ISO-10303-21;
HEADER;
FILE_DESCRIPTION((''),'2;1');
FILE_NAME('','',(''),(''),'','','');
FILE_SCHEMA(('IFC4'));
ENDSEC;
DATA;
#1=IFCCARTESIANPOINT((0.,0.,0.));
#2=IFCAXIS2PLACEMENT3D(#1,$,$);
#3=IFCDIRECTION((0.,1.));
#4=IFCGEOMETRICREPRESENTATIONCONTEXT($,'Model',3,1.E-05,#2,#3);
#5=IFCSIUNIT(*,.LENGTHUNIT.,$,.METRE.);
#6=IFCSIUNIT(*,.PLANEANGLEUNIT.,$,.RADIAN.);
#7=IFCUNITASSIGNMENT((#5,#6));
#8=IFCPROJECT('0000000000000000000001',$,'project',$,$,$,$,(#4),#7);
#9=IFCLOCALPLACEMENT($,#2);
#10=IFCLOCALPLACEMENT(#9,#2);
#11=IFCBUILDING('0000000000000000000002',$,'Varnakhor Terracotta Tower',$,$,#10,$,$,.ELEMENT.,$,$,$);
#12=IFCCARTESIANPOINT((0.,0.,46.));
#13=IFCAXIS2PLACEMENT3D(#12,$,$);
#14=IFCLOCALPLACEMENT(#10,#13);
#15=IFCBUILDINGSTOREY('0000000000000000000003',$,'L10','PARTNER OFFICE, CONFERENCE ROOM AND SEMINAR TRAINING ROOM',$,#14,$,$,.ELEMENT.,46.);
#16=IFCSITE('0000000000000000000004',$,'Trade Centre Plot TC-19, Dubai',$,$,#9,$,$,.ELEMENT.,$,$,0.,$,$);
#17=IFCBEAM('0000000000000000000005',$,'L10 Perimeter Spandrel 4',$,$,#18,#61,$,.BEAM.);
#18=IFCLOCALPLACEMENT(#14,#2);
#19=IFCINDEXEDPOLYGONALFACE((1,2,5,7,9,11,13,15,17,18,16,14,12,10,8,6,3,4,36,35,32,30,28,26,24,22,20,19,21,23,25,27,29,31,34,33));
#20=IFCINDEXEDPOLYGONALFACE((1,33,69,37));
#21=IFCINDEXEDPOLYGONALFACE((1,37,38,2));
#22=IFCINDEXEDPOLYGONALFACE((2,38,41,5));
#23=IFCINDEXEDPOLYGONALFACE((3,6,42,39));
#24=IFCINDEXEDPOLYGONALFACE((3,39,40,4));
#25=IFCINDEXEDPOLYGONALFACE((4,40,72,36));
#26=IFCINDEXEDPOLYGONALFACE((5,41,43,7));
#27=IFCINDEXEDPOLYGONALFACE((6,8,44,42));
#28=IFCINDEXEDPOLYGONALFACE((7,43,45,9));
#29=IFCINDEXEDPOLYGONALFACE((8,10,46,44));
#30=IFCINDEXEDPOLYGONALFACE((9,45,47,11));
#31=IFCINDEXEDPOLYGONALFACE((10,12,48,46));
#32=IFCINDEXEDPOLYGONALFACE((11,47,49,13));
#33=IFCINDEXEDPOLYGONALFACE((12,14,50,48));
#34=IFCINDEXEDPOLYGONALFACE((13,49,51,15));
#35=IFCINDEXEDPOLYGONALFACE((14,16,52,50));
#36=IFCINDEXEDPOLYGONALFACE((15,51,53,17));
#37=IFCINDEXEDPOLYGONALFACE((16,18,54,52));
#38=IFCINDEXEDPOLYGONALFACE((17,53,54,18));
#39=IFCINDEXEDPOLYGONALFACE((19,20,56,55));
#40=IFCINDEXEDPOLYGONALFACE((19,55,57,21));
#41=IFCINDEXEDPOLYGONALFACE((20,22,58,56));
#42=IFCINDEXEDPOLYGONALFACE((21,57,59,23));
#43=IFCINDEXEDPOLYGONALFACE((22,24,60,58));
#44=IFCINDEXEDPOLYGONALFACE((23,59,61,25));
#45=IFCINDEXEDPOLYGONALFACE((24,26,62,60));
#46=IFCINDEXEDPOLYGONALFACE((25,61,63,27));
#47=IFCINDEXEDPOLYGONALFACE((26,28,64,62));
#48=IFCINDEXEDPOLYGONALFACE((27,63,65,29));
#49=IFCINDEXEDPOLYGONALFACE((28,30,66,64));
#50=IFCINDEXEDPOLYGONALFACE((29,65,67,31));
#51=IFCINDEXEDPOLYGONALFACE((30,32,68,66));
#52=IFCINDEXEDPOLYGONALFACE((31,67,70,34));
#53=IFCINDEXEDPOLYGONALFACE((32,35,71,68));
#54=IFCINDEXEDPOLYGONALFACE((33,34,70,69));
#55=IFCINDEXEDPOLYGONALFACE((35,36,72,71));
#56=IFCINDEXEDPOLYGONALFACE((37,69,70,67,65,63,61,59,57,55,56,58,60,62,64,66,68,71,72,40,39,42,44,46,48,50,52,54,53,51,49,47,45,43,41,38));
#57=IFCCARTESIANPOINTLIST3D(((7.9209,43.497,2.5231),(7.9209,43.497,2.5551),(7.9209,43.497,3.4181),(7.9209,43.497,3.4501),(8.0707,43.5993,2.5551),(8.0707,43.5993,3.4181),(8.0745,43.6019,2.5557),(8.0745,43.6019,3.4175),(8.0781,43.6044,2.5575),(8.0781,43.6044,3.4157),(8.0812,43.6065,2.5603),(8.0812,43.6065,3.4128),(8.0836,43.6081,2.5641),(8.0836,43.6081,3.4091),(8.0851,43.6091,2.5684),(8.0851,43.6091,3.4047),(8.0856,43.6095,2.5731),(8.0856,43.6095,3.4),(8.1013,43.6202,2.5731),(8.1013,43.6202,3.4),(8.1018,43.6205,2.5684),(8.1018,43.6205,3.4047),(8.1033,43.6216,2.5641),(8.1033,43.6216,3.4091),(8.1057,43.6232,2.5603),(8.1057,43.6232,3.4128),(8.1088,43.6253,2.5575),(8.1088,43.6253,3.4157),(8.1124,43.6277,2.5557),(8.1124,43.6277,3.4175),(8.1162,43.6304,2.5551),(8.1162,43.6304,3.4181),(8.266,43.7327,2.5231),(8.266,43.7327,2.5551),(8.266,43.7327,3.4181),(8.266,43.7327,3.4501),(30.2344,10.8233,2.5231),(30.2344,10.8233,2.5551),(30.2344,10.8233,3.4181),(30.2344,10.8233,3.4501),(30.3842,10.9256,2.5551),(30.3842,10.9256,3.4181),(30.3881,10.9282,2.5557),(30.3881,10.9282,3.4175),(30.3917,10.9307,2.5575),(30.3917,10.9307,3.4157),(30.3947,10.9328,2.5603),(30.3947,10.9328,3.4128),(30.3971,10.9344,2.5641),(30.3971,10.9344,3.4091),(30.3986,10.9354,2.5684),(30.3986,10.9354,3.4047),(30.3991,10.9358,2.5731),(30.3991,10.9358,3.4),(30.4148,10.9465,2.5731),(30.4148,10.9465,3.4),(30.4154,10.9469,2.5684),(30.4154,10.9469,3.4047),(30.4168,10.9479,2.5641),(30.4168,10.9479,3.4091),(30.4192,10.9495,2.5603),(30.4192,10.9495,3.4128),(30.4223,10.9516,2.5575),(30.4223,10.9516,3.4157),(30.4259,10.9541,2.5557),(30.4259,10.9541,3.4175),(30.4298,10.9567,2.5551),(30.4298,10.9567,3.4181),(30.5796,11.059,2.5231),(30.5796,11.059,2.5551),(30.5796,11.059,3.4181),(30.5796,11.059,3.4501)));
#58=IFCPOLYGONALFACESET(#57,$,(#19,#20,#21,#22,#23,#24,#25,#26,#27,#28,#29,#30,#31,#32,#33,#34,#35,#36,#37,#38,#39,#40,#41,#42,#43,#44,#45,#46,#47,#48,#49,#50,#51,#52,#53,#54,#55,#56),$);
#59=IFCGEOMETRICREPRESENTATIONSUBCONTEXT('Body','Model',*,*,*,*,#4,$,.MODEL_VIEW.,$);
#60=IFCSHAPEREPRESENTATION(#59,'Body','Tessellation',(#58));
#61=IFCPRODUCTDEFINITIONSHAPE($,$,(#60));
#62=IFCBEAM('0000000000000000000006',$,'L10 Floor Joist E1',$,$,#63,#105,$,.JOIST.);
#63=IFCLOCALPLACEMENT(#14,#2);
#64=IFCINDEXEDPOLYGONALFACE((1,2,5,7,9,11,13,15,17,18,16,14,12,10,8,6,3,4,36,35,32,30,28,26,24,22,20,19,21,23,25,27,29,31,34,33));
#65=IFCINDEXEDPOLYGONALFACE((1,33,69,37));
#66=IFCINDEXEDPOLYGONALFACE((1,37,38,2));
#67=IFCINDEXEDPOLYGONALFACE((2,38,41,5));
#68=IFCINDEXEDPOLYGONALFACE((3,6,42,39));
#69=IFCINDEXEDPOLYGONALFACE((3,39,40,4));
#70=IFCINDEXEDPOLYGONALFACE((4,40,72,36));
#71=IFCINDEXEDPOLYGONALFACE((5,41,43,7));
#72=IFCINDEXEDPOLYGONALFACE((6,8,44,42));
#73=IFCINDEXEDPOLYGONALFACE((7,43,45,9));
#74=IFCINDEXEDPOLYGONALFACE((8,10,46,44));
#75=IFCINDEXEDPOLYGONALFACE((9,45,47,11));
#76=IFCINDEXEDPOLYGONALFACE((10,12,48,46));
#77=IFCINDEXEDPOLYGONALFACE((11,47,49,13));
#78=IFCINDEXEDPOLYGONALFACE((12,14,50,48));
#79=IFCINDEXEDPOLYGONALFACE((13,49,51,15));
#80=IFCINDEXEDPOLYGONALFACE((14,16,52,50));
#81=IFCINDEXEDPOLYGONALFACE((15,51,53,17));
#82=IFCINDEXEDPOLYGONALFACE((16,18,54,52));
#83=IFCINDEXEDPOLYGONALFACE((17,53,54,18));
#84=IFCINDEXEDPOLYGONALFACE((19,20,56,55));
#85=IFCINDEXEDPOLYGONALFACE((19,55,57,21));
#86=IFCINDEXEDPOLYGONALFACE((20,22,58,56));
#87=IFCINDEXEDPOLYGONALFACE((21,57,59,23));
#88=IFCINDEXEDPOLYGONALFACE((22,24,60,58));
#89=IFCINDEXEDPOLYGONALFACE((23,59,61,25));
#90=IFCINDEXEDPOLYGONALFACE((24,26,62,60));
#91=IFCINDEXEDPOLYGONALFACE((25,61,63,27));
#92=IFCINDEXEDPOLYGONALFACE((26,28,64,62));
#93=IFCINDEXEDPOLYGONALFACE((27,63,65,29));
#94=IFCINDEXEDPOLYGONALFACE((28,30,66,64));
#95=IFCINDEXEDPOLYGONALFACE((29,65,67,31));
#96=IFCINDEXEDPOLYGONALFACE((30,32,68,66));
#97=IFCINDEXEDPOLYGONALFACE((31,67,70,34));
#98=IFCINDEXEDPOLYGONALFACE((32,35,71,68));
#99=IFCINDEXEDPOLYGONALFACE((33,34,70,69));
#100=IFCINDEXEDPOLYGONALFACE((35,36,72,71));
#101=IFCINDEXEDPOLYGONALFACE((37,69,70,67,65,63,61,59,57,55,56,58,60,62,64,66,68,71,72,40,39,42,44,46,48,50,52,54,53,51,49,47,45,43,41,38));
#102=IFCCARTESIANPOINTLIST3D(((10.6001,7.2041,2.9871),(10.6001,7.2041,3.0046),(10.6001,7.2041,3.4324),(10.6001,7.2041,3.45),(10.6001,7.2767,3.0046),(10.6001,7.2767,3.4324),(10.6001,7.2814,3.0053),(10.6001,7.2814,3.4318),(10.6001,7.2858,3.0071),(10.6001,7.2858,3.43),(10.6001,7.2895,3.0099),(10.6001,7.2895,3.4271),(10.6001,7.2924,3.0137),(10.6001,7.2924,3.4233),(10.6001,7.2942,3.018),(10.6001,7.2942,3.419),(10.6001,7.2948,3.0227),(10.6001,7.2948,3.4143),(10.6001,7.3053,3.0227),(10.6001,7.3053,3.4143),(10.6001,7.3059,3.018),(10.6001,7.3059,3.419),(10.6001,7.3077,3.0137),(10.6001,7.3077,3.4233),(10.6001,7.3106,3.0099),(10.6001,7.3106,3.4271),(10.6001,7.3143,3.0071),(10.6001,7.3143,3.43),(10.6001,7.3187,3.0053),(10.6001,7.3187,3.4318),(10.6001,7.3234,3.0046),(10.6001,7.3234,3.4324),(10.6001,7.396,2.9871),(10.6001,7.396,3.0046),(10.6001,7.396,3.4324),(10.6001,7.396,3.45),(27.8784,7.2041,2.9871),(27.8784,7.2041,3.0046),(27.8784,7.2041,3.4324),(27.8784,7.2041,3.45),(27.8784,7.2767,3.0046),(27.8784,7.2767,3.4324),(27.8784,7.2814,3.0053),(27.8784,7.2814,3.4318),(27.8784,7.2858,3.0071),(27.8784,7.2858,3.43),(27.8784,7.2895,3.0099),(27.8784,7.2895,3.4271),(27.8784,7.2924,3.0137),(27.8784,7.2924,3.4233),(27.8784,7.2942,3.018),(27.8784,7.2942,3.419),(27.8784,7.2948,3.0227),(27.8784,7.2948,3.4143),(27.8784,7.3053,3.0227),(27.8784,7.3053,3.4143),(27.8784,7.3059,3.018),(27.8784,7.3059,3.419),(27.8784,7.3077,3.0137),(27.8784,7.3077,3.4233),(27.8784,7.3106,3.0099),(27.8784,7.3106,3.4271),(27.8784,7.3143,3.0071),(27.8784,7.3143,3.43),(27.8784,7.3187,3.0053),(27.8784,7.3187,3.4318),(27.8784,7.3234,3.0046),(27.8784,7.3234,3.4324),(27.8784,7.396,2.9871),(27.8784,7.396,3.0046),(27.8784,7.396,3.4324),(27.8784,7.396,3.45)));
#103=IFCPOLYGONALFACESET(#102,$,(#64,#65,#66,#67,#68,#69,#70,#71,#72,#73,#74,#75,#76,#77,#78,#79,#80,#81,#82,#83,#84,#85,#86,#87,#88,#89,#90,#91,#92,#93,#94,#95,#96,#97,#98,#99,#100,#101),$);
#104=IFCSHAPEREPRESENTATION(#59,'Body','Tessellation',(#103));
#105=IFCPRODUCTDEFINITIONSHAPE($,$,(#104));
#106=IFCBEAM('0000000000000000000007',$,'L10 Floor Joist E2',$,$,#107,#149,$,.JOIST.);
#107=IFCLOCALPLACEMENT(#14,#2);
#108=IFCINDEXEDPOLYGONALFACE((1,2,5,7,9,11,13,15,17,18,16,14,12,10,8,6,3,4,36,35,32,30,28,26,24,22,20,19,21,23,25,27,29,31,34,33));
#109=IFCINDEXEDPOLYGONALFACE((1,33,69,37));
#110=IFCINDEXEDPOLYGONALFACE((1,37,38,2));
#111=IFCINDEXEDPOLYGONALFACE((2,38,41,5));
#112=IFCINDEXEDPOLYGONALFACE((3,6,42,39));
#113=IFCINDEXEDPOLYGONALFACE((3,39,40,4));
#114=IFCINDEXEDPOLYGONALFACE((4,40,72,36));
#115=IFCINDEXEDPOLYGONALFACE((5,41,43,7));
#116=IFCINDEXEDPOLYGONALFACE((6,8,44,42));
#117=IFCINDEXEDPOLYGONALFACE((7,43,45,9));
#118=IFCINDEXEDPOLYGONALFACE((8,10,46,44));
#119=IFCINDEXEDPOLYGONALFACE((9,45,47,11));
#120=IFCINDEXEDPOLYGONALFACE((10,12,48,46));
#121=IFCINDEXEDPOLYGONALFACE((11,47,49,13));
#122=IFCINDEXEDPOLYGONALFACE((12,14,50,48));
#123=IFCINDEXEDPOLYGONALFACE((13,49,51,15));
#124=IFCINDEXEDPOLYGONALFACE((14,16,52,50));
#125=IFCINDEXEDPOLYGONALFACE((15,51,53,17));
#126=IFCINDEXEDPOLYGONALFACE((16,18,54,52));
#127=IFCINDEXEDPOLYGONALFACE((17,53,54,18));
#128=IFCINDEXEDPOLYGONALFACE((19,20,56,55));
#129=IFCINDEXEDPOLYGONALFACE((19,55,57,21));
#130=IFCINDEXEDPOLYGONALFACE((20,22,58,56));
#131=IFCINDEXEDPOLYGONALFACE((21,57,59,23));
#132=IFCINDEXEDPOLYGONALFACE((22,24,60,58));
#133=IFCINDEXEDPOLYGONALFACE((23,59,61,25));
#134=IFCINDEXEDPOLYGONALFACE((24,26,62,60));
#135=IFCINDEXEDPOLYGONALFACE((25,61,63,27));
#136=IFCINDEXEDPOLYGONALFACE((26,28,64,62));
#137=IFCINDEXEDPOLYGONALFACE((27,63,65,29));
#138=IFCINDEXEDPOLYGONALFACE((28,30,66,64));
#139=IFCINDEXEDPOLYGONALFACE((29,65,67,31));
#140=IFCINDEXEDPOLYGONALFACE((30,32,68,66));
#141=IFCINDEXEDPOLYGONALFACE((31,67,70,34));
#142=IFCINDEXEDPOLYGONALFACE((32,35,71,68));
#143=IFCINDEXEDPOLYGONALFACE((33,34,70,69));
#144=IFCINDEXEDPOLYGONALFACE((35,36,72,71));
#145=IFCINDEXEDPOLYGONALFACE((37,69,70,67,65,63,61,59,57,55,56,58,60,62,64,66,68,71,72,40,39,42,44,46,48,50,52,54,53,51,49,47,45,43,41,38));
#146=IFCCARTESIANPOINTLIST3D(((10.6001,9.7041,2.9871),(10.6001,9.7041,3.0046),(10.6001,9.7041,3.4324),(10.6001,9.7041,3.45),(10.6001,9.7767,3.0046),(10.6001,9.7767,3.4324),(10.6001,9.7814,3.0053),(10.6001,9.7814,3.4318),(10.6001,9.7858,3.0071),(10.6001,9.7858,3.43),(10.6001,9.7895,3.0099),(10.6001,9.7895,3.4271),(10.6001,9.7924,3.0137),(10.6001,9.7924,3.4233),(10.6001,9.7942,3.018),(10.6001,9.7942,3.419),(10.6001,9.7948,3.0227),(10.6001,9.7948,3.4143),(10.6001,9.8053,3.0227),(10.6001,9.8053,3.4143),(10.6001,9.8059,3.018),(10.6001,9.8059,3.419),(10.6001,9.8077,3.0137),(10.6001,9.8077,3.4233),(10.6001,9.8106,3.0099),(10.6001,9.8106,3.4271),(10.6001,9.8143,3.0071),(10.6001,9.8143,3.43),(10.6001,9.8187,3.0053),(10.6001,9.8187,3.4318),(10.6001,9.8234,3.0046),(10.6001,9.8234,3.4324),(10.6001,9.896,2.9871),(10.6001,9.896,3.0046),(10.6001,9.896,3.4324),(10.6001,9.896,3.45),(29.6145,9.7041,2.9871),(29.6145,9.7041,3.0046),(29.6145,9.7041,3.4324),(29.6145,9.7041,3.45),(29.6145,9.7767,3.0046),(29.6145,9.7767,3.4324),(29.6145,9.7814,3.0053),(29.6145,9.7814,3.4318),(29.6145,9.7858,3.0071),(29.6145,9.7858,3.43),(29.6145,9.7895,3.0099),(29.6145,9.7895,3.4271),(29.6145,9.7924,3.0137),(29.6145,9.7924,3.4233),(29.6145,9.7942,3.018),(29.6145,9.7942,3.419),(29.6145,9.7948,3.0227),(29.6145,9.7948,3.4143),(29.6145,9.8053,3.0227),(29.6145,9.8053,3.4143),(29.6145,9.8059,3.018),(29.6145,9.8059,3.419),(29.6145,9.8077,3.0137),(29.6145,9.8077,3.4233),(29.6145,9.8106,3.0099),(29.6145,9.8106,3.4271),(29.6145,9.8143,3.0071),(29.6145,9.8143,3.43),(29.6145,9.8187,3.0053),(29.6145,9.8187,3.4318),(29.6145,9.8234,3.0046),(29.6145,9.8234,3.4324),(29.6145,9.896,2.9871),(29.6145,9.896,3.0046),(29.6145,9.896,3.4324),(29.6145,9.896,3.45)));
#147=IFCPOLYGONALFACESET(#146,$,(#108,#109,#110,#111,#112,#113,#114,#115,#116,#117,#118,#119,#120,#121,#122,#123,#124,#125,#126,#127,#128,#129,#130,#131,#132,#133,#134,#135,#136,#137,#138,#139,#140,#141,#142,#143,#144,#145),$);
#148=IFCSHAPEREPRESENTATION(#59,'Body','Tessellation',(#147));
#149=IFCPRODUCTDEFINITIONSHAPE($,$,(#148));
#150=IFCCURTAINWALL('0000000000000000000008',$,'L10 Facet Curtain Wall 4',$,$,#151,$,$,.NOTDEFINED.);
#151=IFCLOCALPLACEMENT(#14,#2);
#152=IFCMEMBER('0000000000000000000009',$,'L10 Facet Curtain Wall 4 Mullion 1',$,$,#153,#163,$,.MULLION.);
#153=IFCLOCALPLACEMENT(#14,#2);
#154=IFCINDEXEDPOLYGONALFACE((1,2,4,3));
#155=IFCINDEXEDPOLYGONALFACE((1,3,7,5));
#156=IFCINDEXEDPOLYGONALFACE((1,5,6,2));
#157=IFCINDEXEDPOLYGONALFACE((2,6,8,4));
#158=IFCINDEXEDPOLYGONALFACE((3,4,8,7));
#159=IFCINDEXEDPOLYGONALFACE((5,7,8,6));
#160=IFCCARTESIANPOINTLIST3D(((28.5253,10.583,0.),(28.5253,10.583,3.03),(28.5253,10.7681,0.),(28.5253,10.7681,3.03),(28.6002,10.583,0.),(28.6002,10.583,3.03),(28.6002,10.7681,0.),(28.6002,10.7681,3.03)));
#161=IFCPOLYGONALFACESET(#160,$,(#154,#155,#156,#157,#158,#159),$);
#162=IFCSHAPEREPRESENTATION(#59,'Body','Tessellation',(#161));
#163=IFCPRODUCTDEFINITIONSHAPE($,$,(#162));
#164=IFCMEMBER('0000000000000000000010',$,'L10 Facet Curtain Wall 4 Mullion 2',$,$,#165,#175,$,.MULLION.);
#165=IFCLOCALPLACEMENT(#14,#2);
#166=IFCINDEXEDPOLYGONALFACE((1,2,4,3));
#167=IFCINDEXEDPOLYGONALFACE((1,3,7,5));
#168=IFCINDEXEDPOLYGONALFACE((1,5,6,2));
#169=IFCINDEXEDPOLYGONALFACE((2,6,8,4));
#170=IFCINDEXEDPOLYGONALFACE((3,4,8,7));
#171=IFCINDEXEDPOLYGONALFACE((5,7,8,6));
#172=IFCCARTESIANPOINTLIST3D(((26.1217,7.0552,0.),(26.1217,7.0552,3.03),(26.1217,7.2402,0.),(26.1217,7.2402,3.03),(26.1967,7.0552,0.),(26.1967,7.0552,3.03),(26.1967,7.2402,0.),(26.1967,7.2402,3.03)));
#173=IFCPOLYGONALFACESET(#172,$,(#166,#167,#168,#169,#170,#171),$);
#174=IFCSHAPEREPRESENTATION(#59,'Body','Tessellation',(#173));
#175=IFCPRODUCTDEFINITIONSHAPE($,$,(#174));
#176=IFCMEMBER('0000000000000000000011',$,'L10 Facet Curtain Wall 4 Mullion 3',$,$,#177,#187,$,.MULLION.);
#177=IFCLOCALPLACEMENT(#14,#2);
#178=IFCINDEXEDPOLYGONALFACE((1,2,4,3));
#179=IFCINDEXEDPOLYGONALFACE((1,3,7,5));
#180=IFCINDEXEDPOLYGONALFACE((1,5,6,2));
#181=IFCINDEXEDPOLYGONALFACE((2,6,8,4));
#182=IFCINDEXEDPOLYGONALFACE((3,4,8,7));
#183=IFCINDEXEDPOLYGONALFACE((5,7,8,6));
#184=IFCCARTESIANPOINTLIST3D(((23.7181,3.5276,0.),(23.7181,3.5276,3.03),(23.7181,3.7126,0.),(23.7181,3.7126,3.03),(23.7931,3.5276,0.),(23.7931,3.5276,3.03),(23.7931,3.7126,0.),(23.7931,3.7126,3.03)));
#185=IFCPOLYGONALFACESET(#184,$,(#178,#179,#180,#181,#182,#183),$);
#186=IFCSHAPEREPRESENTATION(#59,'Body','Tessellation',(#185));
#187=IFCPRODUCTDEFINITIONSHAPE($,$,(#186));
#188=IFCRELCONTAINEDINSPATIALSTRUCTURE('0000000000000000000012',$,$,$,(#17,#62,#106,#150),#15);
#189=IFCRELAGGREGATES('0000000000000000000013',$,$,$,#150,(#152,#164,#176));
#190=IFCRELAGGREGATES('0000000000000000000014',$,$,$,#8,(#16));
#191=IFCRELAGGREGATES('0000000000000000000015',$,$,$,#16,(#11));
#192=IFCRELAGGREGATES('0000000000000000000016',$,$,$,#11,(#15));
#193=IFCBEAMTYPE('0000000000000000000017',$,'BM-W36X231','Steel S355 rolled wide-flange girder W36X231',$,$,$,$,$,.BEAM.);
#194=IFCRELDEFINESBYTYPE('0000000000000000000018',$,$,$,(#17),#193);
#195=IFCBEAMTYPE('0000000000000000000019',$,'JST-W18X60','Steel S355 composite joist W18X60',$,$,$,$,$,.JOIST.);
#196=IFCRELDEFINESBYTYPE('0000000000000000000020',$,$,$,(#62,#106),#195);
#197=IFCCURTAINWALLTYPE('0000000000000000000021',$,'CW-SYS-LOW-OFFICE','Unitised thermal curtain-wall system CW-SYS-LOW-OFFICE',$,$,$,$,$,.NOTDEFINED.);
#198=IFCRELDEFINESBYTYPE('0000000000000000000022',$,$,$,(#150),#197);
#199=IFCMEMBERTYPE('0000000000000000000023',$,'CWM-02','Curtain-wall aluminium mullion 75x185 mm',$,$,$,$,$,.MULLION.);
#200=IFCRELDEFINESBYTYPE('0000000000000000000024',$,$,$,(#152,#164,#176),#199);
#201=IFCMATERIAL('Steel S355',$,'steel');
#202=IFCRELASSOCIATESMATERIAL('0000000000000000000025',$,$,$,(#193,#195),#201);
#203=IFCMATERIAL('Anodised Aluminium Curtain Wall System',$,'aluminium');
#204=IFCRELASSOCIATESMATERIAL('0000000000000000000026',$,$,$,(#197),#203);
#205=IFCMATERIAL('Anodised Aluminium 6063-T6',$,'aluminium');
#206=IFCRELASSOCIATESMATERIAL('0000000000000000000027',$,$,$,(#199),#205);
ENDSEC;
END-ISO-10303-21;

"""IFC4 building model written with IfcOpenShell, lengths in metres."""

from ifc_helpers import new_model, si_unit, direction, frame, origin, origin_2d, place, context, subcontext, project, spatial, rectangle, i_section, extrude, source, transform, mapped, material, material_profile, profile_set, type_object, type_shapes, element, aggregate, save


model = new_model("IFC4")

# Units and contexts
model_context = context("Model", 3, precision=1e-05, world=origin(), true_north=direction((0.0, 1.0)))
body_context = subcontext(model_context, "Body", "Model", "MODEL_VIEW")
ifc_project = project(units=[si_unit("LENGTHUNIT", "METRE"), si_unit("PLANEANGLEUNIT", "RADIAN")], contexts=[model_context])

# Site, building, storey
site_placement = place(None, origin())
site = spatial("IfcSite", under=ifc_project, at=site_placement, Name="Trade Centre Plot TC-19, Dubai", CompositionType="ELEMENT", RefElevation=0.0)
building_placement = place(site_placement, origin())
building = spatial("IfcBuilding", under=site, at=building_placement, Name="Varnakhor Terracotta Tower", CompositionType="ELEMENT")
storey_placement = place(building_placement, frame((0.0, 0.0, 46.0)))
storey = spatial("IfcBuildingStorey", under=building, at=storey_placement, Name="L10", Description="PARTNER OFFICE, CONFERENCE ROOM AND SEMINAR TRAINING ROOM", CompositionType="ELEMENT", Elevation=46.0)

# Beams
ifc_material_1 = material(Name="Steel S355", Category="steel")
ifc_material_profile_1 = material_profile(ifc_material_1, i_section(OverallWidth=0.418, OverallDepth=0.927, WebThickness=0.019, FlangeThickness=0.032, FilletRadius=0.0181, at=origin_2d()), Name="W36X231")
ifc_profile_set_1 = profile_set([ifc_material_profile_1], Name="Steel S355")
beam_type_1 = type_object("IfcBeamType", Name="BM-W36X231", Description="Steel S355 rolled wide-flange girder W36X231", PredefinedType="BEAM", material=ifc_profile_set_1)
shared_shape_1 = source(origin(), body_context, "Body", "SweptSolid", [
    extrude(i_section(OverallWidth=0.418, OverallDepth=0.927, WebThickness=0.019, FlangeThickness=0.032, FilletRadius=0.0181, at=origin_2d()), origin(), (0.0, 0.0, 1.0), 39.5659),
])
beam_1_placement = place(storey_placement, frame((30.407, 10.9412, 2.9866), z_axis=(-0.563958, 0.825803, 0.0), x_axis=(-0.825803, -0.563958, 0.0)))
element("IfcBeam", 1, at=beam_1_placement, inside=storey, type_object=beam_type_1, Name="L10 Perimeter Spandrel 4", PredefinedType="BEAM", context=body_context, shape_type="MappedRepresentation", body=[
    mapped(shared_shape_1, transform((0.0, 0.0, 0.0), scale=1.0)),
])
ifc_material_profile_2 = material_profile(ifc_material_1, i_section(OverallWidth=0.1919, OverallDepth=0.4629, WebThickness=0.0105, FlangeThickness=0.0176, FilletRadius=0.0181, at=origin_2d()), Name="W18X60")
ifc_profile_set_2 = profile_set([ifc_material_profile_2], Name="Steel S355")
beam_type_2 = type_object("IfcBeamType", Name="JST-W18X60", Description="Steel S355 composite joist W18X60", PredefinedType="JOIST", material=ifc_profile_set_2)
shared_shape_2 = source(origin(), body_context, "Body", "SweptSolid", [
    extrude(i_section(OverallWidth=0.1919, OverallDepth=0.4629, WebThickness=0.0105, FlangeThickness=0.0176, FilletRadius=0.0181, at=origin_2d()), origin(), (0.0, 0.0, 1.0), 17.2783),
])
beam_2_placement = place(storey_placement, frame((10.6001, 7.3, 3.2185), z_axis=(1.0, 0.0, 0.0), x_axis=(0.0, 1.0, 0.0)))
element("IfcBeam", 2, at=beam_2_placement, inside=storey, type_object=beam_type_2, Name="L10 Floor Joist E1", PredefinedType="JOIST", context=body_context, shape_type="MappedRepresentation", body=[
    mapped(shared_shape_2, transform((0.0, 0.0, 0.0), scale=1.0)),
])
shared_shape_3 = source(origin(), body_context, "Body", "SweptSolid", [
    extrude(i_section(OverallWidth=0.1919, OverallDepth=0.4629, WebThickness=0.0105, FlangeThickness=0.0176, FilletRadius=0.0181, at=origin_2d()), origin(), (0.0, 0.0, 1.0), 19.0144),
])
beam_3_placement = place(storey_placement, frame((10.6001, 9.8, 3.2185), z_axis=(1.0, 0.0, 0.0), x_axis=(0.0, 1.0, 0.0)))
element("IfcBeam", 3, at=beam_3_placement, inside=storey, type_object=beam_type_2, Name="L10 Floor Joist E2", PredefinedType="JOIST", context=body_context, shape_type="MappedRepresentation", body=[
    mapped(shared_shape_3, transform((0.0, 0.0, 0.0), scale=1.0)),
])

# Curtain wall, members
ifc_material_2 = material(Name="Anodised Aluminium Curtain Wall System", Category="aluminium")
curtain_wall_type = type_object("IfcCurtainWallType", Name="CW-SYS-LOW-OFFICE", Description="Unitised thermal curtain-wall system CW-SYS-LOW-OFFICE", PredefinedType="NOTDEFINED", material=ifc_material_2)
curtain_wall_1_placement = place(storey_placement, origin())
curtain_wall_1 = element("IfcCurtainWall", 4, at=curtain_wall_1_placement, inside=storey, type_object=curtain_wall_type, Name="L10 Facet Curtain Wall 4", PredefinedType="NOTDEFINED")
ifc_material_3 = material(Name="Anodised Aluminium 6063-T6", Category="aluminium")
ifc_material_profile_3 = material_profile(ifc_material_3, rectangle(XDim=0.075, YDim=0.1851, at=origin_2d()), Name="ALU MULLION 75x185")
ifc_profile_set_3 = profile_set([ifc_material_profile_3], Name="Anodised Aluminium 6063-T6")
member_type_1 = type_object("IfcMemberType", Name="CWM-02", Description="Curtain-wall aluminium mullion 75x185 mm", PredefinedType="MULLION", material=ifc_profile_set_3)
shared_shape_4 = source(origin(), body_context, "Body", "SweptSolid", [
    extrude(rectangle(XDim=0.075, YDim=0.1851, at=origin_2d()), origin(), (0.0, 0.0, 1.0), 3.03),
])
type_shapes(member_type_1, [shared_shape_4])
member_1_placement = place(storey_placement, frame((28.5627, 10.6755, 0.0), z_axis=(0.0, 0.0, 1.0), x_axis=(1.0, 0.0, 0.0)))
member_1 = element("IfcMember", 5, at=member_1_placement, type_object=member_type_1, Name="L10 Facet Curtain Wall 4 Mullion 1", PredefinedType="MULLION", context=body_context, shape_type="MappedRepresentation", body=[
    mapped(shared_shape_4, transform((0.0, 0.0, 0.0), scale=1.0)),
])
member_2_placement = place(storey_placement, frame((26.1592, 7.1477, 0.0), z_axis=(0.0, 0.0, 1.0), x_axis=(1.0, 0.0, 0.0)))
member_2 = element("IfcMember", 6, at=member_2_placement, type_object=member_type_1, Name="L10 Facet Curtain Wall 4 Mullion 2", PredefinedType="MULLION", context=body_context, shape_type="MappedRepresentation", body=[
    mapped(shared_shape_4, transform((0.0, 0.0, 0.0), scale=1.0)),
])
member_3_placement = place(storey_placement, frame((23.7556, 3.6201, 0.0), z_axis=(0.0, 0.0, 1.0), x_axis=(1.0, 0.0, 0.0)))
member_3 = element("IfcMember", 7, at=member_3_placement, type_object=member_type_1, Name="L10 Facet Curtain Wall 4 Mullion 3", PredefinedType="MULLION", context=body_context, shape_type="MappedRepresentation", body=[
    mapped(shared_shape_4, transform((0.0, 0.0, 0.0), scale=1.0)),
])

aggregate(curtain_wall_1, [member_1, member_2, member_3])

save(model, "model.ifc")
